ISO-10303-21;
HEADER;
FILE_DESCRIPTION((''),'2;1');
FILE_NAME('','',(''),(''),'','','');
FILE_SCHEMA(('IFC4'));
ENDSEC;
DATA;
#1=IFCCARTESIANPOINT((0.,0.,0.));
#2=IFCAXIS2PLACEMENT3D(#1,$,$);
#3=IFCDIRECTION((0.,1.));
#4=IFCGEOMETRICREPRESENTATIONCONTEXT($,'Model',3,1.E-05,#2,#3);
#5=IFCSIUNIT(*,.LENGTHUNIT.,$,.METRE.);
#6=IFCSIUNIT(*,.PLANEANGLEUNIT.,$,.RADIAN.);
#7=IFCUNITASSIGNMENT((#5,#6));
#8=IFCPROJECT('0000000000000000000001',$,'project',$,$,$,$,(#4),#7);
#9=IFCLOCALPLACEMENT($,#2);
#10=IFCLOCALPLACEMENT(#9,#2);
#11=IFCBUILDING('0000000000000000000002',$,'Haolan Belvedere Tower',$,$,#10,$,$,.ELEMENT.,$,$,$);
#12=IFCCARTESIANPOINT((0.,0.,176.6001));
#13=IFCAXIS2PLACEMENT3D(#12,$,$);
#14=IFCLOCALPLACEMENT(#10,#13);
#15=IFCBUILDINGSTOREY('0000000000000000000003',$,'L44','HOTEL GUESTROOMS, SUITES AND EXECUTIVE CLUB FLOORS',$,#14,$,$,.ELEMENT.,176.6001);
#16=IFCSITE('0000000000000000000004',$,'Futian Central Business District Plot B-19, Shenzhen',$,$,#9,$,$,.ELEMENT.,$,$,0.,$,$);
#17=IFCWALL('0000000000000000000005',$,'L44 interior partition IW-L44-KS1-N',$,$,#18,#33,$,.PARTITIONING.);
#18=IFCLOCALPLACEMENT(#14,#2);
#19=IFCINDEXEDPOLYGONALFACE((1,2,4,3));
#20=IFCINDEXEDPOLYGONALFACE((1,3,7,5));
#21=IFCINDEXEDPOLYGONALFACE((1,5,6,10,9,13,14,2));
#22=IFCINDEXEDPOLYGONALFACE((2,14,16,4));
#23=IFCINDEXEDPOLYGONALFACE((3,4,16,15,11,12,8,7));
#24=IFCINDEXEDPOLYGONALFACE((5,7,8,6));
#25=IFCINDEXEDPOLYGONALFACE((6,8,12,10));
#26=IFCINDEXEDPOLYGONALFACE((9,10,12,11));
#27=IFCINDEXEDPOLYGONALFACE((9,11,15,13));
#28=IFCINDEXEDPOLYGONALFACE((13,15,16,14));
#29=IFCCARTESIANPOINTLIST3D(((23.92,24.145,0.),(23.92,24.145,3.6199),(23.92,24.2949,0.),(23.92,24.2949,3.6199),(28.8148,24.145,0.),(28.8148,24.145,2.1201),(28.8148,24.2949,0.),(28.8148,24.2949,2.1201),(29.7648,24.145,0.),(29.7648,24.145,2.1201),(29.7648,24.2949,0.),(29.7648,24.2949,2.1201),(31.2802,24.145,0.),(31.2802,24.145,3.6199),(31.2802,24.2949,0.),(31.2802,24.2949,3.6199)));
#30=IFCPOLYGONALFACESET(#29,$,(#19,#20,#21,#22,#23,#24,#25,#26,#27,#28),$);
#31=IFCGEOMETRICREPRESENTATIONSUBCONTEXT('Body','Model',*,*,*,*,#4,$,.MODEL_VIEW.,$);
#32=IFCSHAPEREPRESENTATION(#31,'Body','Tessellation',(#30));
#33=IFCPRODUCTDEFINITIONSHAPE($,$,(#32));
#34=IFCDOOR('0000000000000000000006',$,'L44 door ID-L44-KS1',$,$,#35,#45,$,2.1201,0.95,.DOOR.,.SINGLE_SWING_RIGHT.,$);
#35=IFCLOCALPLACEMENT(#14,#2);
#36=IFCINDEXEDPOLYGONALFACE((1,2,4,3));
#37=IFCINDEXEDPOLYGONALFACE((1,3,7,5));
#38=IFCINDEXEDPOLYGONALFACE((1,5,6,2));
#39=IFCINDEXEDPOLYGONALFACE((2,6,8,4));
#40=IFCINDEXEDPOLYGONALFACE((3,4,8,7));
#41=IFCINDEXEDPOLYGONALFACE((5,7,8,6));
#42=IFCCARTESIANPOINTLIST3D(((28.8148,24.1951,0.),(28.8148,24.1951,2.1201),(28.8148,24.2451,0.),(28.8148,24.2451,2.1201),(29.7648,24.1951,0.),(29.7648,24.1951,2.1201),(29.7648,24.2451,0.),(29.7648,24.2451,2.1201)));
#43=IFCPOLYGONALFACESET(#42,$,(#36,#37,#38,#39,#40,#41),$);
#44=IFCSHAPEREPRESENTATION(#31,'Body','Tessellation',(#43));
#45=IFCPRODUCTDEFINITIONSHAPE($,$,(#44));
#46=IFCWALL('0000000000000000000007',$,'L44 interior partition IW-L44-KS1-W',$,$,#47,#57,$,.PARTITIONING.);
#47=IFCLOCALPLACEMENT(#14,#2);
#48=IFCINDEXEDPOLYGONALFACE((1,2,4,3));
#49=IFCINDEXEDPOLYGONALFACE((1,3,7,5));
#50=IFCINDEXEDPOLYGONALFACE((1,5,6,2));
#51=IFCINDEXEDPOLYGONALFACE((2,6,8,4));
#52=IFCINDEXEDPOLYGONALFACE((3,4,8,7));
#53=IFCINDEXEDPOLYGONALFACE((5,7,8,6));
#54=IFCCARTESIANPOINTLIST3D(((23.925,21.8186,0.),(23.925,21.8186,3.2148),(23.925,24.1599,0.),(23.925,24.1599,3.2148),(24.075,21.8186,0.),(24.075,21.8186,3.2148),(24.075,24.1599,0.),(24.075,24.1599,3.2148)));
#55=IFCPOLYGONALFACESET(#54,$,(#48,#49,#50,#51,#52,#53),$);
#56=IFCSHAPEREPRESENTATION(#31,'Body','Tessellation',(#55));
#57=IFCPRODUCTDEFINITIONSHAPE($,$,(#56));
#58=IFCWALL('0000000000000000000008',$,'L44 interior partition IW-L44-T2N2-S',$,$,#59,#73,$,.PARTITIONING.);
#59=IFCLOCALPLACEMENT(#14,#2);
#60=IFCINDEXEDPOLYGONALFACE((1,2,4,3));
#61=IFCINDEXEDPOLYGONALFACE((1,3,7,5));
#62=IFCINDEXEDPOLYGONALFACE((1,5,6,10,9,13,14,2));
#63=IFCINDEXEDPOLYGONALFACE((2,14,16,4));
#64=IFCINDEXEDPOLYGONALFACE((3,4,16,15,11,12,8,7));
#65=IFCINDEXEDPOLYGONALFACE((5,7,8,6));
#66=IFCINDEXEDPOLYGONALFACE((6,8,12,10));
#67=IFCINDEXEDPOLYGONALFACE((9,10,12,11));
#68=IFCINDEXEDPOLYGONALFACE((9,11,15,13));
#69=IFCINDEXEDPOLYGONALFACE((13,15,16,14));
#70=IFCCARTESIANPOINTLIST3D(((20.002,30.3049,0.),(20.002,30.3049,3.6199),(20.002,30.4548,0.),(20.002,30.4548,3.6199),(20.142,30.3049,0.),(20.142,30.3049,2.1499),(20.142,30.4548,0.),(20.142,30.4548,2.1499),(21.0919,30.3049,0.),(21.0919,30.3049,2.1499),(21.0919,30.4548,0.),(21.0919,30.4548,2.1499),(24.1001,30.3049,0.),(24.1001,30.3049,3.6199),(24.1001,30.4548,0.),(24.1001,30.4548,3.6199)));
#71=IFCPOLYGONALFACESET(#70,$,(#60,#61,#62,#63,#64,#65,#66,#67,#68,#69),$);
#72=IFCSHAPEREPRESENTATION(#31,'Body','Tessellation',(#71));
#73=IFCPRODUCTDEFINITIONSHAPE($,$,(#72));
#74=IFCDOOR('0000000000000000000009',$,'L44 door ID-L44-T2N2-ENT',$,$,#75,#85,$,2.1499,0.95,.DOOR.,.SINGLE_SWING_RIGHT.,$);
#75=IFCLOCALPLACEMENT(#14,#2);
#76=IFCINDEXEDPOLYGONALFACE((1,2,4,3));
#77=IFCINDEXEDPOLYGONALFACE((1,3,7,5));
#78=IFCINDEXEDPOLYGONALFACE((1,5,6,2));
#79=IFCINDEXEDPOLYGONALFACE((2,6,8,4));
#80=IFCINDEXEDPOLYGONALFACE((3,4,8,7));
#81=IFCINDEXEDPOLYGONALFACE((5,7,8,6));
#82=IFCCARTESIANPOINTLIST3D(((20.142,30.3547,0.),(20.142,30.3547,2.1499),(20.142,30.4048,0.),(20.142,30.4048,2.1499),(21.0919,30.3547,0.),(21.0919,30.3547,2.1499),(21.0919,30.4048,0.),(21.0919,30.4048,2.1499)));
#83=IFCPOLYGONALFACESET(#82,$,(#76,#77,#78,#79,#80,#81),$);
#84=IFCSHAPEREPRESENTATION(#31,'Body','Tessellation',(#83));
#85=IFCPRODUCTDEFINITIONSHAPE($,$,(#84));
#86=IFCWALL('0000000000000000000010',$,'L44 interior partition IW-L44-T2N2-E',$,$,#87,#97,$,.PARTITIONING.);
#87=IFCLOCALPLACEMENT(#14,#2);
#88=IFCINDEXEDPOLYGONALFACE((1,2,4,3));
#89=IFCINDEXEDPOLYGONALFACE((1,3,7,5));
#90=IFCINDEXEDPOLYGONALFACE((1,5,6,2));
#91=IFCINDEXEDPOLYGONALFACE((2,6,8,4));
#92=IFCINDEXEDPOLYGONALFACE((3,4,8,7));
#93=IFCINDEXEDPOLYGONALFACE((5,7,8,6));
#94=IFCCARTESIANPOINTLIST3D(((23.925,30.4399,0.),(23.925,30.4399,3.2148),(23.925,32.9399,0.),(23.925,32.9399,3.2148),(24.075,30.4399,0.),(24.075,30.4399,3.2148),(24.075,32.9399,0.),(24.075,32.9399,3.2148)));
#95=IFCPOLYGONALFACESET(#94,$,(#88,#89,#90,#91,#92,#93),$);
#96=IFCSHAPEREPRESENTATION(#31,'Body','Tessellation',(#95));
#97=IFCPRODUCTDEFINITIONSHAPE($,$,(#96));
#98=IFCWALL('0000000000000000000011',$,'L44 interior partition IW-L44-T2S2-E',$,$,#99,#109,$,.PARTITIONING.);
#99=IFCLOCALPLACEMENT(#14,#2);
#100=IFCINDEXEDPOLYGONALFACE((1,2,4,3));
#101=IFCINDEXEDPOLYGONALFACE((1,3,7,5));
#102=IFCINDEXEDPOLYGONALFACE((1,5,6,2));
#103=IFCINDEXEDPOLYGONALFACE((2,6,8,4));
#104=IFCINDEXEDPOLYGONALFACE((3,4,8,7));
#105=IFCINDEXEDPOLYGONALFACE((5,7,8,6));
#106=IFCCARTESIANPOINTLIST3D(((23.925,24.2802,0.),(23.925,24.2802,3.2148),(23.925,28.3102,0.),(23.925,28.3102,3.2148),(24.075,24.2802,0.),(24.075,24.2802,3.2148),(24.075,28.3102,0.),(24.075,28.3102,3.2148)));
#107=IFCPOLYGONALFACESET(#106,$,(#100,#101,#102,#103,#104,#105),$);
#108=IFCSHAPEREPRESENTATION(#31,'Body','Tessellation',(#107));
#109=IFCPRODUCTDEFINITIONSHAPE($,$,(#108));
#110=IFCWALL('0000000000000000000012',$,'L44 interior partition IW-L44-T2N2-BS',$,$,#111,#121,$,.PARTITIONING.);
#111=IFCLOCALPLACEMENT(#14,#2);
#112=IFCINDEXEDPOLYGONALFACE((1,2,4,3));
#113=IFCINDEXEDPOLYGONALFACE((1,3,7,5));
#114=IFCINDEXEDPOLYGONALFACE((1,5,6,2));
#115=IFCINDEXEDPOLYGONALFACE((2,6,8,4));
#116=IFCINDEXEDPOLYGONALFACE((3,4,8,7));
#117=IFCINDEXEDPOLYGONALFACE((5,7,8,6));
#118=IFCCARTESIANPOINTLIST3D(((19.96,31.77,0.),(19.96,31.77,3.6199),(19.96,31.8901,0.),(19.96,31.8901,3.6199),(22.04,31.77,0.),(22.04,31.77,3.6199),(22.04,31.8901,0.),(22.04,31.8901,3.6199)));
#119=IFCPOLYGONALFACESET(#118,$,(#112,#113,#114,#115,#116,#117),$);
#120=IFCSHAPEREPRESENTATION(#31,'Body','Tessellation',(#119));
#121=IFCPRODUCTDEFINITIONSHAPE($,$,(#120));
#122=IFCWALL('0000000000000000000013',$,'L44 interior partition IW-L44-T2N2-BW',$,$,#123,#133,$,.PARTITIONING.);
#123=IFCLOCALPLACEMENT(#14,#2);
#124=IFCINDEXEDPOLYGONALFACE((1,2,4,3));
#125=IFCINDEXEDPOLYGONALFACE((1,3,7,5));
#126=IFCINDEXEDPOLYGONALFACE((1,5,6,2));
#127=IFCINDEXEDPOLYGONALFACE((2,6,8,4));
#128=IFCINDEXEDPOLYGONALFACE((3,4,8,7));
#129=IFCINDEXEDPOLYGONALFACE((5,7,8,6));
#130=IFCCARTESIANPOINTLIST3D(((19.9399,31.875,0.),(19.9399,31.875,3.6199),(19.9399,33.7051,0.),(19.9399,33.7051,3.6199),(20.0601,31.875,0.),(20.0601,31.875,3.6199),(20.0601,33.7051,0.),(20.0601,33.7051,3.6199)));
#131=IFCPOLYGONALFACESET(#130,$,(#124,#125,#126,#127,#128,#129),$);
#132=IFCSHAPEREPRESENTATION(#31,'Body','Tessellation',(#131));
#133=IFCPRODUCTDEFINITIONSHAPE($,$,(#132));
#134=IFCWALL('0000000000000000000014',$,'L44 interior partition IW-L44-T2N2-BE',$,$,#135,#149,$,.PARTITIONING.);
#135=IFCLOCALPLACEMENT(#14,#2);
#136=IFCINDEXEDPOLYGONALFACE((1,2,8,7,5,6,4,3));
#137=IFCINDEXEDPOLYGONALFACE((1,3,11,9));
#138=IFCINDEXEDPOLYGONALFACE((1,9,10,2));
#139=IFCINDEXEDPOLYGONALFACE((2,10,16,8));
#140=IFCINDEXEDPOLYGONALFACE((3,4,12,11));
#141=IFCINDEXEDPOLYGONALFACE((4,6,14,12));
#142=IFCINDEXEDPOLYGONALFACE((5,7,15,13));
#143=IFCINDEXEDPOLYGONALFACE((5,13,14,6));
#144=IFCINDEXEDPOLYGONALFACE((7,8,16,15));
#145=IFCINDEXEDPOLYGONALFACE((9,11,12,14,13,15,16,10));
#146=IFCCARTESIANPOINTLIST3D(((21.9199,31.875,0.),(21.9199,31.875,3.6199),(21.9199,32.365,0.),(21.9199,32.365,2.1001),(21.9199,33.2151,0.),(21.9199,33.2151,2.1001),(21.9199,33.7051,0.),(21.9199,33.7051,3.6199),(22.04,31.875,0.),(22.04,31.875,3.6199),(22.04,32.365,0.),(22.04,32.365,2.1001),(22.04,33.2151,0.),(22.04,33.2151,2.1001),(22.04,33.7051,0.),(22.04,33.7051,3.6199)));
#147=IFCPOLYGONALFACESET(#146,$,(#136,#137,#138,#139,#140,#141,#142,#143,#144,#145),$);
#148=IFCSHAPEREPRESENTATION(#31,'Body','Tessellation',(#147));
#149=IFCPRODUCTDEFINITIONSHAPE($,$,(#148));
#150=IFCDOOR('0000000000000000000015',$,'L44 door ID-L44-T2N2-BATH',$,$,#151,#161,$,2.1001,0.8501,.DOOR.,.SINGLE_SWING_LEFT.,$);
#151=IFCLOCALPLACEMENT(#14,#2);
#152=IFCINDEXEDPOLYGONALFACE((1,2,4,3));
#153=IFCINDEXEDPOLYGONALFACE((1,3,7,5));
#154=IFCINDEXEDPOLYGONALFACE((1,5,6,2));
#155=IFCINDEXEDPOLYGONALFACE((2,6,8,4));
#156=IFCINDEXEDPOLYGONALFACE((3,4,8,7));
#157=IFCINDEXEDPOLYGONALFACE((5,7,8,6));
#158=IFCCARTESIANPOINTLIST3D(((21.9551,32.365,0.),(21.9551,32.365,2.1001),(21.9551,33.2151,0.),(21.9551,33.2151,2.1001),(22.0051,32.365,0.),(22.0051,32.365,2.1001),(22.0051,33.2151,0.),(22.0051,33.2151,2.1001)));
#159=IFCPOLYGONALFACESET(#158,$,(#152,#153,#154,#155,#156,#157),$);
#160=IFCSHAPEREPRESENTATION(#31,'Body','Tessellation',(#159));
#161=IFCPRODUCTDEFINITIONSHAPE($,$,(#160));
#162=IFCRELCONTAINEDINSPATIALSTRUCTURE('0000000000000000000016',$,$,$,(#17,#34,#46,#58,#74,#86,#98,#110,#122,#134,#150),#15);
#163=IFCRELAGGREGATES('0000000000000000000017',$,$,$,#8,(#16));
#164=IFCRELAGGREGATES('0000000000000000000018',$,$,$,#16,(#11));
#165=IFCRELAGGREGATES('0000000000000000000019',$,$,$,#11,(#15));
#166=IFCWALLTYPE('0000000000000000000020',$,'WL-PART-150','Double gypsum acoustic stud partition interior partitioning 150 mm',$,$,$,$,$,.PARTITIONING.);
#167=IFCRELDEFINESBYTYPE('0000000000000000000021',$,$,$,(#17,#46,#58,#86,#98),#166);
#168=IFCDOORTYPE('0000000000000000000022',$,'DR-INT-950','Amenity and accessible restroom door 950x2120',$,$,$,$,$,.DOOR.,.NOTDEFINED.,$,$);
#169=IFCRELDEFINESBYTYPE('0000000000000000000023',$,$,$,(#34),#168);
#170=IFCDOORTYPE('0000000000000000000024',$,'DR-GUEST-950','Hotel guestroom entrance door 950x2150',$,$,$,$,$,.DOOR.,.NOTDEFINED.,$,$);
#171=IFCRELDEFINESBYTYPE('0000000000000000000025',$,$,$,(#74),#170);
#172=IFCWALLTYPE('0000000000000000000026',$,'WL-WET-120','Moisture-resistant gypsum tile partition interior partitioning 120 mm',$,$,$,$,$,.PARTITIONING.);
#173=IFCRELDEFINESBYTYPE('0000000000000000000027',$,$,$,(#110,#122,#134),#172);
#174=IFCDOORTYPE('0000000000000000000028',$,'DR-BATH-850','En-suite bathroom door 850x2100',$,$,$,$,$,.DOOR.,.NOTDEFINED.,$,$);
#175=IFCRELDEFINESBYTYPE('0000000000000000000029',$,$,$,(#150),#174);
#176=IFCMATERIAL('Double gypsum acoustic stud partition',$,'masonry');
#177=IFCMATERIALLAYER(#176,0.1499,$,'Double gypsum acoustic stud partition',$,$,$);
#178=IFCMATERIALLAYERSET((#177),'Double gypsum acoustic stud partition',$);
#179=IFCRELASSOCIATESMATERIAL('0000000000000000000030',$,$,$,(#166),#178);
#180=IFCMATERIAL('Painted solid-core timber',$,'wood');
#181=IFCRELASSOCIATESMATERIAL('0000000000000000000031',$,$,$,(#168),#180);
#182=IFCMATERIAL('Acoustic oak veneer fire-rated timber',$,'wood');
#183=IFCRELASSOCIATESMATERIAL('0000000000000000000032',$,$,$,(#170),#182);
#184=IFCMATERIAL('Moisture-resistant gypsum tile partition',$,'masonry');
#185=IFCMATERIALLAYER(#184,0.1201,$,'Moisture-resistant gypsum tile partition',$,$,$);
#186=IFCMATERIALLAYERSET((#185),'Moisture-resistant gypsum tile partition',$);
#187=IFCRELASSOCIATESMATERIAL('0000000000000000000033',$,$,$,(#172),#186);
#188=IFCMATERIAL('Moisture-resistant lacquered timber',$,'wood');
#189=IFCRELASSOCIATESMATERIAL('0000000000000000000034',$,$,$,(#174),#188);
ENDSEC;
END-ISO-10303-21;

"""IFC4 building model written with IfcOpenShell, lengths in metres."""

from ifc_helpers import new_model, si_unit, direction, frame, frame_2d, origin, place, context, subcontext, project, spatial, rectangle, extrude, material, layer, layer_set, type_object, element, fill, save


model = new_model("IFC4")

# Units and contexts
model_context = context("Model", 3, precision=1e-05, world=origin(), true_north=direction((0.0, 1.0)))
body_context = subcontext(model_context, "Body", "Model", "MODEL_VIEW")
ifc_project = project(units=[si_unit("LENGTHUNIT", "METRE"), si_unit("PLANEANGLEUNIT", "RADIAN")], contexts=[model_context])

# Site, building, storey
site_placement = place(None, origin())
site = spatial("IfcSite", under=ifc_project, at=site_placement, Name="Futian Central Business District Plot B-19, Shenzhen", CompositionType="ELEMENT", RefElevation=0.0)
building_placement = place(site_placement, origin())
building = spatial("IfcBuilding", under=site, at=building_placement, Name="Haolan Belvedere Tower", CompositionType="ELEMENT")
storey_placement = place(building_placement, frame((0.0, 0.0, 176.6001)))
storey = spatial("IfcBuildingStorey", under=building, at=storey_placement, Name="L44", Description="HOTEL GUESTROOMS, SUITES AND EXECUTIVE CLUB FLOORS", CompositionType="ELEMENT", Elevation=176.6001)

# Wall, opening, door
ifc_material_1 = material(Name="Double gypsum acoustic stud partition", Category="masonry")
ifc_layer_1 = layer(ifc_material_1, 0.1499, Name="Double gypsum acoustic stud partition")
ifc_layer_set_1 = layer_set([ifc_layer_1], Name="Double gypsum acoustic stud partition")
wall_type_1 = type_object("IfcWallType", Name="WL-PART-150", Description="Double gypsum acoustic stud partition interior partitioning 150 mm", PredefinedType="PARTITIONING", material=ifc_layer_set_1)
wall_1_placement = place(storey_placement, frame((23.9199, 24.22, 0.0), z_axis=(0.0, 0.0, 1.0), x_axis=(1.0, 0.0, 0.0)))
wall_1 = element("IfcWall", 1, at=wall_1_placement, inside=storey, type_object=wall_type_1, Name="L44 interior partition IW-L44-KS1-N", PredefinedType="PARTITIONING", context=body_context, shape_type="SweptSolid", body=[
    extrude(rectangle(XDim=7.3601, YDim=0.1499, at=frame_2d((3.6802, 0.0))), origin(), (0.0, 0.0, 1.0), 3.6199),
])
opening_1_placement = place(wall_1_placement, frame((5.845, 0.0, 0.0), z_axis=(0.0, 0.0, 1.0), x_axis=(-1.0, 0.0, 0.0)))
opening_1 = element("IfcOpeningElement", 2, at=opening_1_placement, cuts=wall_1, PredefinedType="OPENING", context=body_context, shape_type="SweptSolid", body=[
    extrude(rectangle(XDim=0.95, YDim=2.1201, at=frame_2d((0.4751, 1.0601))), frame((0.0, 0.085, 0.0), z_axis=(0.0, -1.0, 0.0), x_axis=(1.0, 0.0, 0.0)), (0.0, 0.0, 1.0), 0.1699),
])
ifc_material_2 = material(Name="Painted solid-core timber", Category="wood")
door_type_1 = type_object("IfcDoorType", Name="DR-INT-950", Description="Amenity and accessible restroom door 950x2120", OperationType="NOTDEFINED", PredefinedType="DOOR", material=ifc_material_2)
door_1_placement = place(opening_1_placement, origin())
door_1 = element("IfcDoor", 3, at=door_1_placement, inside=storey, type_object=door_type_1, Name="L44 door ID-L44-KS1", OperationType="SINGLE_SWING_RIGHT", OverallHeight=2.1201, OverallWidth=0.95, PredefinedType="DOOR", context=body_context, shape_type="SweptSolid", body=[
    extrude(rectangle(XDim=0.95, YDim=2.1201, at=frame_2d((0.4751, 1.0601))), frame((0.0, 0.0249, 0.0), z_axis=(0.0, -1.0, 0.0), x_axis=(1.0, 0.0, 0.0)), (0.0, 0.0, 1.0), 0.05),
])
fill(opening_1, door_1)

# Wall
wall_2_placement = place(storey_placement, frame((24.0, 21.8186, 0.0), z_axis=(0.0, 0.0, 1.0), x_axis=(0.0, 1.0, 0.0)))
element("IfcWall", 4, at=wall_2_placement, inside=storey, type_object=wall_type_1, Name="L44 interior partition IW-L44-KS1-W", PredefinedType="PARTITIONING", context=body_context, shape_type="SweptSolid", body=[
    extrude(rectangle(XDim=2.3413, YDim=0.1499, at=frame_2d((1.1707, 0.0))), origin(), (0.0, 0.0, 1.0), 3.2148),
])

# Wall, opening, door
wall_3_placement = place(storey_placement, frame((20.002, 30.3799, 0.0), z_axis=(0.0, 0.0, 1.0), x_axis=(1.0, 0.0, 0.0)))
wall_3 = element("IfcWall", 5, at=wall_3_placement, inside=storey, type_object=wall_type_1, Name="L44 interior partition IW-L44-T2N2-S", PredefinedType="PARTITIONING", context=body_context, shape_type="SweptSolid", body=[
    extrude(rectangle(XDim=4.0981, YDim=0.1499, at=frame_2d((2.0491, 0.0))), origin(), (0.0, 0.0, 1.0), 3.6199),
])
opening_2_placement = place(wall_3_placement, frame((0.1399, 0.0, 0.0)))
opening_2 = element("IfcOpeningElement", 6, at=opening_2_placement, cuts=wall_3, PredefinedType="OPENING", context=body_context, shape_type="SweptSolid", body=[
    extrude(rectangle(XDim=0.95, YDim=2.1499, at=frame_2d((0.4751, 1.075))), frame((0.0, 0.085, 0.0), z_axis=(0.0, -1.0, 0.0), x_axis=(1.0, 0.0, 0.0)), (0.0, 0.0, 1.0), 0.1699),
])
ifc_material_3 = material(Name="Acoustic oak veneer fire-rated timber", Category="wood")
door_type_2 = type_object("IfcDoorType", Name="DR-GUEST-950", Description="Hotel guestroom entrance door 950x2150", OperationType="NOTDEFINED", PredefinedType="DOOR", material=ifc_material_3)
door_2_placement = place(opening_2_placement, origin())
door_2 = element("IfcDoor", 7, at=door_2_placement, inside=storey, type_object=door_type_2, Name="L44 door ID-L44-T2N2-ENT", OperationType="SINGLE_SWING_RIGHT", OverallHeight=2.1499, OverallWidth=0.95, PredefinedType="DOOR", context=body_context, shape_type="SweptSolid", body=[
    extrude(rectangle(XDim=0.95, YDim=2.1499, at=frame_2d((0.4751, 1.075))), frame((0.0, 0.0249, 0.0), z_axis=(0.0, -1.0, 0.0), x_axis=(1.0, 0.0, 0.0)), (0.0, 0.0, 1.0), 0.05),
])
fill(opening_2, door_2)

# Walls
wall_4_placement = place(storey_placement, frame((24.0, 30.4399, 0.0), z_axis=(0.0, 0.0, 1.0), x_axis=(0.0, 1.0, 0.0)))
element("IfcWall", 8, at=wall_4_placement, inside=storey, type_object=wall_type_1, Name="L44 interior partition IW-L44-T2N2-E", PredefinedType="PARTITIONING", context=body_context, shape_type="SweptSolid", body=[
    extrude(rectangle(XDim=2.5, YDim=0.1499, at=frame_2d((1.25, 0.0))), origin(), (0.0, 0.0, 1.0), 3.2148),
])
wall_5_placement = place(storey_placement, frame((24.0, 24.28, 0.0), z_axis=(0.0, 0.0, 1.0), x_axis=(0.0, 1.0, 0.0)))
element("IfcWall", 9, at=wall_5_placement, inside=storey, type_object=wall_type_1, Name="L44 interior partition IW-L44-T2S2-E", PredefinedType="PARTITIONING", context=body_context, shape_type="SweptSolid", body=[
    extrude(rectangle(XDim=4.03, YDim=0.1499, at=frame_2d((2.0151, 0.0))), origin(), (0.0, 0.0, 1.0), 3.2148),
])
ifc_material_4 = material(Name="Moisture-resistant gypsum tile partition", Category="masonry")
ifc_layer_2 = layer(ifc_material_4, 0.1201, Name="Moisture-resistant gypsum tile partition")
ifc_layer_set_2 = layer_set([ifc_layer_2], Name="Moisture-resistant gypsum tile partition")
wall_type_2 = type_object("IfcWallType", Name="WL-WET-120", Description="Moisture-resistant gypsum tile partition interior partitioning 120 mm", PredefinedType="PARTITIONING", material=ifc_layer_set_2)
wall_6_placement = place(storey_placement, frame((19.96, 31.8301, 0.0), z_axis=(0.0, 0.0, 1.0), x_axis=(1.0, 0.0, 0.0)))
element("IfcWall", 10, at=wall_6_placement, inside=storey, type_object=wall_type_2, Name="L44 interior partition IW-L44-T2N2-BS", PredefinedType="PARTITIONING", context=body_context, shape_type="SweptSolid", body=[
    extrude(rectangle(XDim=2.0801, YDim=0.1201, at=frame_2d((1.04, 0.0))), origin(), (0.0, 0.0, 1.0), 3.6199),
])
wall_7_placement = place(storey_placement, frame((20.0, 31.875, 0.0), z_axis=(0.0, 0.0, 1.0), x_axis=(0.0, 1.0, 0.0)))
element("IfcWall", 11, at=wall_7_placement, inside=storey, type_object=wall_type_2, Name="L44 interior partition IW-L44-T2N2-BW", PredefinedType="PARTITIONING", context=body_context, shape_type="SweptSolid", body=[
    extrude(rectangle(XDim=1.8301, YDim=0.1201, at=frame_2d((0.915, 0.0))), origin(), (0.0, 0.0, 1.0), 3.6199),
])

# Wall, opening, door
wall_8_placement = place(storey_placement, frame((21.98, 31.875, 0.0), z_axis=(0.0, 0.0, 1.0), x_axis=(0.0, 1.0, 0.0)))
wall_8 = element("IfcWall", 12, at=wall_8_placement, inside=storey, type_object=wall_type_2, Name="L44 interior partition IW-L44-T2N2-BE", PredefinedType="PARTITIONING", context=body_context, shape_type="SweptSolid", body=[
    extrude(rectangle(XDim=1.8301, YDim=0.1201, at=frame_2d((0.915, 0.0))), origin(), (0.0, 0.0, 1.0), 3.6199),
])
opening_3_placement = place(wall_8_placement, frame((0.49, 0.0, 0.0)))
opening_3 = element("IfcOpeningElement", 13, at=opening_3_placement, cuts=wall_8, PredefinedType="OPENING", context=body_context, shape_type="SweptSolid", body=[
    extrude(rectangle(XDim=0.8501, YDim=2.1001, at=frame_2d((0.425, 1.05))), frame((0.0, 0.0701, 0.0), z_axis=(0.0, -1.0, 0.0), x_axis=(1.0, 0.0, 0.0)), (0.0, 0.0, 1.0), 0.1401),
])
ifc_material_5 = material(Name="Moisture-resistant lacquered timber", Category="wood")
door_type_3 = type_object("IfcDoorType", Name="DR-BATH-850", Description="En-suite bathroom door 850x2100", OperationType="NOTDEFINED", PredefinedType="DOOR", material=ifc_material_5)
door_3_placement = place(opening_3_placement, origin())
door_3 = element("IfcDoor", 14, at=door_3_placement, inside=storey, type_object=door_type_3, Name="L44 door ID-L44-T2N2-BATH", OperationType="SINGLE_SWING_LEFT", OverallHeight=2.1001, OverallWidth=0.8501, PredefinedType="DOOR", context=body_context, shape_type="SweptSolid", body=[
    extrude(rectangle(XDim=0.8501, YDim=2.1001, at=frame_2d((0.425, 1.05))), frame((0.0, 0.0249, 0.0), z_axis=(0.0, -1.0, 0.0), x_axis=(1.0, 0.0, 0.0)), (0.0, 0.0, 1.0), 0.05),
])
fill(opening_3, door_3)

save(model, "model.ifc")
